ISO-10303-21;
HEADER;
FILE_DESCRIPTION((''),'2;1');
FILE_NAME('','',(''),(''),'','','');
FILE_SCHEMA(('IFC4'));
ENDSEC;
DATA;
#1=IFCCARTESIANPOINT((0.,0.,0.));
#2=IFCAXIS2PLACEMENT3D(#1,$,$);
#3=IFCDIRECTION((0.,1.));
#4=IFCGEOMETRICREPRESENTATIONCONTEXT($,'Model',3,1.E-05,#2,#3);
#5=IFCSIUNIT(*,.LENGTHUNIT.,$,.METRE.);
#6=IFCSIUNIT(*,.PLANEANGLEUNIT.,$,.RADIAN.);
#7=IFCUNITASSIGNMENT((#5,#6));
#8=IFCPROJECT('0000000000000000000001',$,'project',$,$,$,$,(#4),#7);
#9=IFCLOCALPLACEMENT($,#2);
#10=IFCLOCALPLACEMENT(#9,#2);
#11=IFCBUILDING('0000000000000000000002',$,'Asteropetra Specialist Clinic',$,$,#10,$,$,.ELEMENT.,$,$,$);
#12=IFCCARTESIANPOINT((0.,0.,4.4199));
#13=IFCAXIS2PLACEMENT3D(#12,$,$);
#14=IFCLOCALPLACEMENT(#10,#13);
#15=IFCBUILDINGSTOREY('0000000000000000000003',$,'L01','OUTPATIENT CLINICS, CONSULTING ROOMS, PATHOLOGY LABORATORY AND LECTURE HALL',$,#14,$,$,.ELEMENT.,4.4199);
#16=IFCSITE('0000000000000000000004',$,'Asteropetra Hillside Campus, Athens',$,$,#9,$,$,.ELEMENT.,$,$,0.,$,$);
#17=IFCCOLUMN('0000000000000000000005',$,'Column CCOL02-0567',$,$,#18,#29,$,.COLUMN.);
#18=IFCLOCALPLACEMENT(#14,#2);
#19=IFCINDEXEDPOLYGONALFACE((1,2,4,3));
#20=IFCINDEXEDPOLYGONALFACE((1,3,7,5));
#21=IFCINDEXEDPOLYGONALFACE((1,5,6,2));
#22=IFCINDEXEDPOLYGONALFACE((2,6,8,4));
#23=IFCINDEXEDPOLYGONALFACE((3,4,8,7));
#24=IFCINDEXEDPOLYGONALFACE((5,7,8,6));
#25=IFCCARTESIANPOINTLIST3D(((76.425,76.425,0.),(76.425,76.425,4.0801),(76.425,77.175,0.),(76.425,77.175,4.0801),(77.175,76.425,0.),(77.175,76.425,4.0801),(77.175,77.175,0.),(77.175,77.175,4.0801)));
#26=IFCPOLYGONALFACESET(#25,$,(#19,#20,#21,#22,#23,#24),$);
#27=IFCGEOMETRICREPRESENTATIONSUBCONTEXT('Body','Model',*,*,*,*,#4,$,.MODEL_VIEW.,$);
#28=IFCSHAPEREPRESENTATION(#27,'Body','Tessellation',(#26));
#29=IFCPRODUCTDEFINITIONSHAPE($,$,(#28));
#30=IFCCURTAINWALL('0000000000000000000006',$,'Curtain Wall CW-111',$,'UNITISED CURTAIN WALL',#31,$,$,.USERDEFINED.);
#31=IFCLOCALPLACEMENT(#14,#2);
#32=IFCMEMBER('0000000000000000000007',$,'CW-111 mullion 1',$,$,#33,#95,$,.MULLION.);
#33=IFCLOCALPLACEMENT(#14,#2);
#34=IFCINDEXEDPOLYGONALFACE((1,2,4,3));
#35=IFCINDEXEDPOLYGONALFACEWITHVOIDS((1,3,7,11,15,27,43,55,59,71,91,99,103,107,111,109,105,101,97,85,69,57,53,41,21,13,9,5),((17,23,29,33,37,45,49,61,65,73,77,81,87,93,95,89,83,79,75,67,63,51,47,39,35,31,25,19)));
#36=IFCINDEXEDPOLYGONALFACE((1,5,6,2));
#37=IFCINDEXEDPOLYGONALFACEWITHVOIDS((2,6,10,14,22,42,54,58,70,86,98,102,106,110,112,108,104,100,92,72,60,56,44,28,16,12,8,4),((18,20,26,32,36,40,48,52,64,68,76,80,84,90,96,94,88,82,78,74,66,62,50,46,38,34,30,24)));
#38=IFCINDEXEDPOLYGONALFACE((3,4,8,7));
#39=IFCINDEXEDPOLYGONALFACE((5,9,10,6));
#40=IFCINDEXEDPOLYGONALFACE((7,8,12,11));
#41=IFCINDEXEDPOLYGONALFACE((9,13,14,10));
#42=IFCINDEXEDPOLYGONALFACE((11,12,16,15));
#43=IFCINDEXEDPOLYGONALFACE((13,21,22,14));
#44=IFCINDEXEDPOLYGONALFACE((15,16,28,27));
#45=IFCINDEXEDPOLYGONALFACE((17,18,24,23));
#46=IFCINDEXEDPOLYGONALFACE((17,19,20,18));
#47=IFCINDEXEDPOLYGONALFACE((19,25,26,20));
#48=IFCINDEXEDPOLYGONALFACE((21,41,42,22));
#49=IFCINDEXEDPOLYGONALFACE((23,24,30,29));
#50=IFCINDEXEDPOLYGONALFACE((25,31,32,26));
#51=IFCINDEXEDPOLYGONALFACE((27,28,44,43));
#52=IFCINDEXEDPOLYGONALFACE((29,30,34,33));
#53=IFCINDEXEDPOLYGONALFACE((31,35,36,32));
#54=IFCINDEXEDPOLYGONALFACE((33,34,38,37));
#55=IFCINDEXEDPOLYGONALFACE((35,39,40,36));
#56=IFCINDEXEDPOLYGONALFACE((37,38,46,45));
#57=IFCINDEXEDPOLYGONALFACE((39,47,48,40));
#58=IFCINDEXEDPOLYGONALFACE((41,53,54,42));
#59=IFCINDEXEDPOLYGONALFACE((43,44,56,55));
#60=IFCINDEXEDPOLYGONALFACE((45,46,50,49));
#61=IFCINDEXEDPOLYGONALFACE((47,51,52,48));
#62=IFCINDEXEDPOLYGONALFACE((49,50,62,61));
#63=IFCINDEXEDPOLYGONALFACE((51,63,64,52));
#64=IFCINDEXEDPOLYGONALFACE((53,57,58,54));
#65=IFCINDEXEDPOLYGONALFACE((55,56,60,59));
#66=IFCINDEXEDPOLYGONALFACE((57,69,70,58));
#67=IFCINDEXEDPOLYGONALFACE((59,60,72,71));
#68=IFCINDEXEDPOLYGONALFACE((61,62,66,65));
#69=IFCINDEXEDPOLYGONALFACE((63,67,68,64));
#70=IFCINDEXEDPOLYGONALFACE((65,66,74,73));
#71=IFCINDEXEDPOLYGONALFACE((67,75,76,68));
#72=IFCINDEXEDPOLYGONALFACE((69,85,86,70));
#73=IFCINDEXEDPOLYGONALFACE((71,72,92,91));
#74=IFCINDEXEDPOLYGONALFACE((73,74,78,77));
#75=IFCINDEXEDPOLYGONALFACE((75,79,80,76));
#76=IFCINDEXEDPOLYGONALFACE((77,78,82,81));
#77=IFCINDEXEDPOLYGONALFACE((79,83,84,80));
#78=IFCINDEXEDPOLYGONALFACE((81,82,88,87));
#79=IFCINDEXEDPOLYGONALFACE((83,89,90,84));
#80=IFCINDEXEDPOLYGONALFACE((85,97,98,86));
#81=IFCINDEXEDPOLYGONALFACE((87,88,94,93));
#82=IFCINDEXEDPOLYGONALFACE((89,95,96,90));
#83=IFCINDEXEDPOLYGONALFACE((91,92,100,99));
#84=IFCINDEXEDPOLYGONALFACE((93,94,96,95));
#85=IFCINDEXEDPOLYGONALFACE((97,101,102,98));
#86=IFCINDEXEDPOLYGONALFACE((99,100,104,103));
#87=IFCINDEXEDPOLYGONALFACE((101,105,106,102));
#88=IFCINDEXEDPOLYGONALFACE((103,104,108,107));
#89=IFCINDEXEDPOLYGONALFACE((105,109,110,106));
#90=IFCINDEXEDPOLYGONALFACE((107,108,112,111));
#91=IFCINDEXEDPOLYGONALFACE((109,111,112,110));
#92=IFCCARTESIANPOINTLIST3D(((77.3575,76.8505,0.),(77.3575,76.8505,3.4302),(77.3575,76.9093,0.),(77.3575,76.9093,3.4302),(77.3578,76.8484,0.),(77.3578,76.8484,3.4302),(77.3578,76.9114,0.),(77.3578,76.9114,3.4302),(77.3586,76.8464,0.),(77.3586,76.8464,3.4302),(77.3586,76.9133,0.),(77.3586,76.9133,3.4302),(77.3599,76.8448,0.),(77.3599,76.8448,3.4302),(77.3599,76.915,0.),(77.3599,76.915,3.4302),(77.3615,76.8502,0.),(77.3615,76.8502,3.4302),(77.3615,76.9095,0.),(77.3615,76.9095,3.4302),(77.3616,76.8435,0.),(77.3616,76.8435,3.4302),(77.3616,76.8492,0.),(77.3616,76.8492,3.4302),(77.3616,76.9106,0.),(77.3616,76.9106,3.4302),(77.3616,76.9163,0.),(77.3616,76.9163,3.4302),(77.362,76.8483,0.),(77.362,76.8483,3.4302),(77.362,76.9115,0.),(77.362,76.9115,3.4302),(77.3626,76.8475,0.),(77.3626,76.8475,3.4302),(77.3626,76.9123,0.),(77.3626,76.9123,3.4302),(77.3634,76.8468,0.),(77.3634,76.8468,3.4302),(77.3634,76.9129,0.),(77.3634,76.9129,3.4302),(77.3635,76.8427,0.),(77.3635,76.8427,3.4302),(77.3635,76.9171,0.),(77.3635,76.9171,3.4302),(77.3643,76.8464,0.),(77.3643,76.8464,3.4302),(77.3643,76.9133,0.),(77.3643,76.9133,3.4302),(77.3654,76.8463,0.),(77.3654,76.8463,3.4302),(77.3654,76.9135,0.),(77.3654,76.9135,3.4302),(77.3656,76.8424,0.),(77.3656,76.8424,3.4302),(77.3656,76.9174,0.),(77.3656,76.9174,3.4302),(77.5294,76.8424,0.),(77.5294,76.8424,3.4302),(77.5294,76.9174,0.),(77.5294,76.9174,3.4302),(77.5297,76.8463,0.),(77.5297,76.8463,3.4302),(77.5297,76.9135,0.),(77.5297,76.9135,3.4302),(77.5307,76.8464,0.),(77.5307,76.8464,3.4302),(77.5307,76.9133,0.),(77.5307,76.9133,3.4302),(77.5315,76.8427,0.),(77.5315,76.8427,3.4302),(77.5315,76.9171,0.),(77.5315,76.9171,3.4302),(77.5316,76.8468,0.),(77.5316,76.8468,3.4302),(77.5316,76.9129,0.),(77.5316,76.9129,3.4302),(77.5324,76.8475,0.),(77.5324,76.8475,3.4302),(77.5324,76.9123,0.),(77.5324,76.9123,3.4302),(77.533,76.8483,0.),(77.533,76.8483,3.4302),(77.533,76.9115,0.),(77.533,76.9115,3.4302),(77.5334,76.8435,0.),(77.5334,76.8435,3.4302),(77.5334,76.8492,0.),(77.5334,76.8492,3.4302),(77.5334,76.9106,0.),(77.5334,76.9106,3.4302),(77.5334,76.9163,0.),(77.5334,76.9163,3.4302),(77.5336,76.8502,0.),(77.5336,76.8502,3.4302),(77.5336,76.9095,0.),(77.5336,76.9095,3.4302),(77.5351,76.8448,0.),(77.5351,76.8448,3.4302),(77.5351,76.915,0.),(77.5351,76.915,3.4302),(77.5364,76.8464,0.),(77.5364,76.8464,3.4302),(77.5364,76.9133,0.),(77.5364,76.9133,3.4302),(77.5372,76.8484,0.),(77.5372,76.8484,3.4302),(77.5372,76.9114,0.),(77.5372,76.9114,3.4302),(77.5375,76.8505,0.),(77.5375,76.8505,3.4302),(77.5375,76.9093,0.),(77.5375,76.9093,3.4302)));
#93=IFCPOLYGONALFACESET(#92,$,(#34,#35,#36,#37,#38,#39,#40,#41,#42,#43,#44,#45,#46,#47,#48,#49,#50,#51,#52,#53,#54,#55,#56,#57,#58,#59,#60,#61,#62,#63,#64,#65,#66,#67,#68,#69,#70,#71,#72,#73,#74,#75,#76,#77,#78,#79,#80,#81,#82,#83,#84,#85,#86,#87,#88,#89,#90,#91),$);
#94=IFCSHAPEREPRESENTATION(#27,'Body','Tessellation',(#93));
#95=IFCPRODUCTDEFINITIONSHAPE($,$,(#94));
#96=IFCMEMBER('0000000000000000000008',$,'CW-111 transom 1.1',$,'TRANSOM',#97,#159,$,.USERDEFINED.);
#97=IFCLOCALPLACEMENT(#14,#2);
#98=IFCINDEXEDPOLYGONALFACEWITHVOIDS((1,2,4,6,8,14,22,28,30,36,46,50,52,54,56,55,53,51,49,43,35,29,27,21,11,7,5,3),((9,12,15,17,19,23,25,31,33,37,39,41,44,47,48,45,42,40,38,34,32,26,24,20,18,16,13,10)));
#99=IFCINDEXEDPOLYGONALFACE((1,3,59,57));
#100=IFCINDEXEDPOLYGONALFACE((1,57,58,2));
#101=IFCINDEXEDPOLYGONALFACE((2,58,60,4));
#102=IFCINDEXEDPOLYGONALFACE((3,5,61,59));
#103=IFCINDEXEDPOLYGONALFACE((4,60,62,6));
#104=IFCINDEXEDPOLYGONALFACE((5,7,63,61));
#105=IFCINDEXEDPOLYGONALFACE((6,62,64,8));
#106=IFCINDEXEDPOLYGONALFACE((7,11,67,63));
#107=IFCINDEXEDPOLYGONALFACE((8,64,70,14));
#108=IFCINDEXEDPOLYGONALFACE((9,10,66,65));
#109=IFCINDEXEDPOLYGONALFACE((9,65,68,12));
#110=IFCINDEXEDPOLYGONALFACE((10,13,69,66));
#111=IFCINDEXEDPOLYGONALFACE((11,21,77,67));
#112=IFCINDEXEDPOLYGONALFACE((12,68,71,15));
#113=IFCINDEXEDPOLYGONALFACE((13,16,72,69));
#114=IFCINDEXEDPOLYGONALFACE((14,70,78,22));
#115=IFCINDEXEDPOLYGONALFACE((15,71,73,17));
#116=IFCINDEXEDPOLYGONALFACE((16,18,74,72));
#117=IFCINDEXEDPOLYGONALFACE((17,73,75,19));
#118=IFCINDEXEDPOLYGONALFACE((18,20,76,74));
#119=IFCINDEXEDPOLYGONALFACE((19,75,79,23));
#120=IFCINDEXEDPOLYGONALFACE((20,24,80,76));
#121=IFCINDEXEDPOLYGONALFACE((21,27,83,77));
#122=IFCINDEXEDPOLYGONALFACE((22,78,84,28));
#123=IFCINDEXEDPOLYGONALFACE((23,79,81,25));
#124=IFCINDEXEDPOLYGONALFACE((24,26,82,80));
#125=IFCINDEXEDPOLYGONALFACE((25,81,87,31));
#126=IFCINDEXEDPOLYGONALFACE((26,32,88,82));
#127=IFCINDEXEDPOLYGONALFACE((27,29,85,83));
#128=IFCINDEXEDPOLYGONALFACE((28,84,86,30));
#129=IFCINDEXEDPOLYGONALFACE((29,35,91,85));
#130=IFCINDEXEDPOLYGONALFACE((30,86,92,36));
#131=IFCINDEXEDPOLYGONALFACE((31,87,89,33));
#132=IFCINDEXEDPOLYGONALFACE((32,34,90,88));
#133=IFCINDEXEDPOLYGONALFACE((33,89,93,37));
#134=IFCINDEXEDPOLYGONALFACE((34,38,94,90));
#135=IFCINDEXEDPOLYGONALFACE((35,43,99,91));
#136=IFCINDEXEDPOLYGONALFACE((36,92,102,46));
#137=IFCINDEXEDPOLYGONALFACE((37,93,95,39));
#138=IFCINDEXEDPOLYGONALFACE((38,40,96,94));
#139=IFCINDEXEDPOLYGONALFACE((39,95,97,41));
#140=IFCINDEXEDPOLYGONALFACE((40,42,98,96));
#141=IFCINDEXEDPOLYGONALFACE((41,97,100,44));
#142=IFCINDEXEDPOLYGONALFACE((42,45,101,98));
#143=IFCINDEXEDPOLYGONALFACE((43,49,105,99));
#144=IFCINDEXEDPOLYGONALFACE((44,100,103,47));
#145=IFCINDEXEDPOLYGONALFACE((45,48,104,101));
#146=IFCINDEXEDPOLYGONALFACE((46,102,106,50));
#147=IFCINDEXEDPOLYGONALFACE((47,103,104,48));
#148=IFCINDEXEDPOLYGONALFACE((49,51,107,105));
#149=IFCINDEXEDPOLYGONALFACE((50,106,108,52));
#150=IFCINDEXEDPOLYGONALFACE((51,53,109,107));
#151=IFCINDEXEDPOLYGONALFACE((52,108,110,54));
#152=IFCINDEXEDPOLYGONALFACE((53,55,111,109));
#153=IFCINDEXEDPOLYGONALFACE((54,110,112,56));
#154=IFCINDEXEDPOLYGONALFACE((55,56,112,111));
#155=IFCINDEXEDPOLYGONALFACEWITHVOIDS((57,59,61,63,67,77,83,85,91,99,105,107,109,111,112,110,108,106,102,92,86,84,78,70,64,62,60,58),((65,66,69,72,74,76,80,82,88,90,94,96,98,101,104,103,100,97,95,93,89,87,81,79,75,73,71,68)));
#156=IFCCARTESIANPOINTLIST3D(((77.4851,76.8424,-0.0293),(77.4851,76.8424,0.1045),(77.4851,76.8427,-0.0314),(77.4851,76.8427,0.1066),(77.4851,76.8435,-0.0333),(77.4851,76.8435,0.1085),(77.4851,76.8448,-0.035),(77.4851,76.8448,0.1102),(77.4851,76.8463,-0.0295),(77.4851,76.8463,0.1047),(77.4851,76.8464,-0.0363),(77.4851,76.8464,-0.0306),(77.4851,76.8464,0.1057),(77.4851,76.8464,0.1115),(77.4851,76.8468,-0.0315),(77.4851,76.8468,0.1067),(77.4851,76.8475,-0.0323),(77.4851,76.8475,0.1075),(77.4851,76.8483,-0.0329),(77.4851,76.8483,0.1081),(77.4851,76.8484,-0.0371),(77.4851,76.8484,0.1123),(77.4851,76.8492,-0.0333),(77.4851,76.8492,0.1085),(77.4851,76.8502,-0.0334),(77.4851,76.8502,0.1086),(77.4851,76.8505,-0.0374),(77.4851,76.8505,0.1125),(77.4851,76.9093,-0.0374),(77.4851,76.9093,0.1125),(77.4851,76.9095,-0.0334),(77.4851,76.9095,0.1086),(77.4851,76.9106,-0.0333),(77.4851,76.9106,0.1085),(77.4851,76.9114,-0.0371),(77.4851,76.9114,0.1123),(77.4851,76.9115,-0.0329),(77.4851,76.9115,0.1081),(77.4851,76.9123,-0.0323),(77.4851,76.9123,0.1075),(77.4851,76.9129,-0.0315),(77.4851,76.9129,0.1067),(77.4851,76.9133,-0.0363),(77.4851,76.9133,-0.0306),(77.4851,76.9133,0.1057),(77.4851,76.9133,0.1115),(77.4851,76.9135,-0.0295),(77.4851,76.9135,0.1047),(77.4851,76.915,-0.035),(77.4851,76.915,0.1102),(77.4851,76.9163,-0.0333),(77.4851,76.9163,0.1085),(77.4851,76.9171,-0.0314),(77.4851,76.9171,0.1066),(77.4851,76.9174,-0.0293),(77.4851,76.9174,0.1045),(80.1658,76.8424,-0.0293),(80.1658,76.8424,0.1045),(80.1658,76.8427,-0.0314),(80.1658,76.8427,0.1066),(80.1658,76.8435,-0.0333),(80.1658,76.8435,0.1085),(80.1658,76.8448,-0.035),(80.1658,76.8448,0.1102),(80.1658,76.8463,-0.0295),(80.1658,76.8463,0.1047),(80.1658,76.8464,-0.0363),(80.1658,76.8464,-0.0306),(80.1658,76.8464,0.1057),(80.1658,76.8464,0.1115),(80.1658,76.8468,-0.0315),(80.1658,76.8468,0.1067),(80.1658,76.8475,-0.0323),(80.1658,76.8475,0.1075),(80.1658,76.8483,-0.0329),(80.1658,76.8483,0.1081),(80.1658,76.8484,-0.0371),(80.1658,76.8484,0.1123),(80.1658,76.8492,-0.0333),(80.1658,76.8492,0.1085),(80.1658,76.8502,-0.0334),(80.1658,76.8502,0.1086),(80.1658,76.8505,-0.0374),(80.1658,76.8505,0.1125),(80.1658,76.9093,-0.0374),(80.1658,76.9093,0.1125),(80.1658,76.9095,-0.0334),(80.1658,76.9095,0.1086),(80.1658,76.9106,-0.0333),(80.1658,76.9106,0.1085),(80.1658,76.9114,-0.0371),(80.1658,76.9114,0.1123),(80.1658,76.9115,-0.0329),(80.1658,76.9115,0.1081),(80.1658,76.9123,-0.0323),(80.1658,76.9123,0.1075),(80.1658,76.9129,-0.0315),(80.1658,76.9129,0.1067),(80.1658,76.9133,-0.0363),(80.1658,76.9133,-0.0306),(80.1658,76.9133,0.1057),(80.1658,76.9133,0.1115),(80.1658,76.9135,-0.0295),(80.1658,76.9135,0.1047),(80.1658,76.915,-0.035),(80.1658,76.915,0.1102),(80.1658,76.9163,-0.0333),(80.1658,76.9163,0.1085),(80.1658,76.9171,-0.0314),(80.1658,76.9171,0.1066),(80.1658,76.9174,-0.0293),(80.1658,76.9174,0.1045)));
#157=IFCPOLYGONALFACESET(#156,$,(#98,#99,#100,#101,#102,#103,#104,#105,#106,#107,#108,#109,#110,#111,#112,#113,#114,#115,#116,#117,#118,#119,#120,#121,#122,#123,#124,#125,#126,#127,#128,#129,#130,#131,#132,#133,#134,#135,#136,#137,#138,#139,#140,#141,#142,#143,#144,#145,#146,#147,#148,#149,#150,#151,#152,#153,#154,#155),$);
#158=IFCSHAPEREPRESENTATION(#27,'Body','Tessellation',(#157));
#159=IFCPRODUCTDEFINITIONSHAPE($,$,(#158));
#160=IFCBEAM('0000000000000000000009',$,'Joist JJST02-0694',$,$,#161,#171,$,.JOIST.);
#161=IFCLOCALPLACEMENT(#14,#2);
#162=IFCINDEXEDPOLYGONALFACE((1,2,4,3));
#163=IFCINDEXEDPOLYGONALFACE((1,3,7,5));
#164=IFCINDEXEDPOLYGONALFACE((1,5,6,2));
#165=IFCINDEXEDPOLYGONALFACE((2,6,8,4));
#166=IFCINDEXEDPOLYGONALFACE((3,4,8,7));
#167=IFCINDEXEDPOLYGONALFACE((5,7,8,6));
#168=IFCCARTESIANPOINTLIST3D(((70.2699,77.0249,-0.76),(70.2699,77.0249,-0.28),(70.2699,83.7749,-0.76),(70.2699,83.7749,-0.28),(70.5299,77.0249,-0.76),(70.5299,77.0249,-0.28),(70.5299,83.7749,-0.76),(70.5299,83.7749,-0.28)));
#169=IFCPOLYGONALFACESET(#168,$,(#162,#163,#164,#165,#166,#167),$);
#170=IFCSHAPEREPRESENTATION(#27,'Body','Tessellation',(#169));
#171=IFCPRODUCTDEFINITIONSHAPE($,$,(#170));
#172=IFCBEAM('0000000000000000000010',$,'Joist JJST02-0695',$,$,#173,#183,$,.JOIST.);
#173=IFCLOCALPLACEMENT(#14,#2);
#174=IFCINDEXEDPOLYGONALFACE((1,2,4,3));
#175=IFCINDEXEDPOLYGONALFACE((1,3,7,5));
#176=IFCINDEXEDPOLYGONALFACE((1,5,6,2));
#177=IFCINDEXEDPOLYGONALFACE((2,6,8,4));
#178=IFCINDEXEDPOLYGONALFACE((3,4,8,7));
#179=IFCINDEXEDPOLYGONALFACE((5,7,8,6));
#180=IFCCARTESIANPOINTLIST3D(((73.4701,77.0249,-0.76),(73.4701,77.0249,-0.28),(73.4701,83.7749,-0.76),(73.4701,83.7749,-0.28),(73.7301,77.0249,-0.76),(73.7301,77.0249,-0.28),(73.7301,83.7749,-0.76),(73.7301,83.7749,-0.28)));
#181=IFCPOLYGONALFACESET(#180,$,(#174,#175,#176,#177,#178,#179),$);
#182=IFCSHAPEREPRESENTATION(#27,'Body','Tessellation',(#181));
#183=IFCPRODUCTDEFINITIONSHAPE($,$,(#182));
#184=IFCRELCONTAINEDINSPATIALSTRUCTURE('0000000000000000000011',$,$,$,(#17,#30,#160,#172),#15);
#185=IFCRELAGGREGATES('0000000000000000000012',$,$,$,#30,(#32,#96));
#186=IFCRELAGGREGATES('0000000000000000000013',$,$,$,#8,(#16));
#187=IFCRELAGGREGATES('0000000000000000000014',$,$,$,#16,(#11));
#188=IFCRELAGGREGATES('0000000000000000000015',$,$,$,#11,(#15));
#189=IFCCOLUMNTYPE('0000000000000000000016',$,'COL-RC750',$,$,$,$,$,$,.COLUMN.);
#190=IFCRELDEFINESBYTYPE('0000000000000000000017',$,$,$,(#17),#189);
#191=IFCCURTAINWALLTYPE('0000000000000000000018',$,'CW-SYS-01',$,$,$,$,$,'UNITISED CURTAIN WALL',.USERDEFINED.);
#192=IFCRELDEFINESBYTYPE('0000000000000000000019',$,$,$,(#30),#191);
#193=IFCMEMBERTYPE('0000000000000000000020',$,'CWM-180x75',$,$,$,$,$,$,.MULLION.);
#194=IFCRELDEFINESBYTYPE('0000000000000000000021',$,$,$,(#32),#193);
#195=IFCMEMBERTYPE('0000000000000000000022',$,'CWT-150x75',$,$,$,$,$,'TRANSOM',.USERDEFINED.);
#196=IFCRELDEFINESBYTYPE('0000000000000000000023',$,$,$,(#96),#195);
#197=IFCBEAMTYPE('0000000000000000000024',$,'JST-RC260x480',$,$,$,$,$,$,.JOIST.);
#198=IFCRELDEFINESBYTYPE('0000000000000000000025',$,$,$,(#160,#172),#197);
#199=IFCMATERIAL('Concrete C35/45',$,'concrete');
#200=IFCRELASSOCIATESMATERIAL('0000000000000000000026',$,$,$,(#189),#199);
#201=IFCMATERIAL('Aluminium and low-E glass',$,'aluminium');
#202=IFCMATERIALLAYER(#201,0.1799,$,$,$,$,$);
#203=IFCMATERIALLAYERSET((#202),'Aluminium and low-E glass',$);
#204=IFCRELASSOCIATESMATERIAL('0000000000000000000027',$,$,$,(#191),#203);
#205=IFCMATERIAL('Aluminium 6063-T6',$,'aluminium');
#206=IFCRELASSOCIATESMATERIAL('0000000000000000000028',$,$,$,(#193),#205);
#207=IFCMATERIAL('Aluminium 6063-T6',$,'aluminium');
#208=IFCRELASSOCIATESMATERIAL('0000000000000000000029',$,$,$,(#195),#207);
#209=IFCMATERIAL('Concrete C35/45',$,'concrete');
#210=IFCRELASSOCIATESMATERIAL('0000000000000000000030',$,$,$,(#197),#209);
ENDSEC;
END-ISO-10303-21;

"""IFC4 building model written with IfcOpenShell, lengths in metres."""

from ifc_helpers import new_model, si_unit, direction, frame, origin, origin_2d, place, context, subcontext, project, spatial, rectangle, hollow_rectangle, extrude, material, layer, layer_set, material_profile, profile_set, type_object, element, aggregate, save


model = new_model("IFC4")

# Units and contexts
model_context = context("Model", 3, precision=1e-05, world=origin(), true_north=direction((0.0, 1.0)))
body_context = subcontext(model_context, "Body", "Model", "MODEL_VIEW")
ifc_project = project(units=[si_unit("LENGTHUNIT", "METRE"), si_unit("PLANEANGLEUNIT", "RADIAN")], contexts=[model_context])

# Site, building, storey
site_placement = place(None, origin())
site = spatial("IfcSite", under=ifc_project, at=site_placement, Name="Asteropetra Hillside Campus, Athens", CompositionType="ELEMENT", RefElevation=0.0)
building_placement = place(site_placement, origin())
building = spatial("IfcBuilding", under=site, at=building_placement, Name="Asteropetra Specialist Clinic", CompositionType="ELEMENT")
storey_placement = place(building_placement, frame((0.0, 0.0, 4.4199)))
storey = spatial("IfcBuildingStorey", under=building, at=storey_placement, Name="L01", Description="OUTPATIENT CLINICS, CONSULTING ROOMS, PATHOLOGY LABORATORY AND LECTURE HALL", CompositionType="ELEMENT", Elevation=4.4199)

# Column
ifc_material_1 = material(Name="Concrete C35/45", Category="concrete")
ifc_material_profile_1 = material_profile(ifc_material_1, rectangle(XDim=0.75, YDim=0.75, at=origin_2d()), Name="RC 750x750")
ifc_profile_set_1 = profile_set([ifc_material_profile_1], Name="Concrete C35/45")
column_type = type_object("IfcColumnType", Name="COL-RC750", PredefinedType="COLUMN", material=ifc_profile_set_1)
column_placement = place(storey_placement, frame((76.8, 76.8, 0.0), z_axis=(0.0, 0.0, 1.0), x_axis=(1.0, 0.0, 0.0)))
element("IfcColumn", 1, at=column_placement, inside=storey, type_object=column_type, Name="Column CCOL02-0567", PredefinedType="COLUMN", context=body_context, shape_type="SweptSolid", body=[
    extrude(rectangle(XDim=0.75, YDim=0.75, at=origin_2d()), origin(), (0.0, 0.0, 1.0), 4.0801),
])

# Curtain wall, members
ifc_material_2 = material(Name="Aluminium and low-E glass", Category="aluminium")
ifc_layer_1 = layer(ifc_material_2, 0.1799)
ifc_layer_set_1 = layer_set([ifc_layer_1], Name="Aluminium and low-E glass")
curtain_wall_type = type_object("IfcCurtainWallType", Name="CW-SYS-01", ElementType="UNITISED CURTAIN WALL", PredefinedType="USERDEFINED", material=ifc_layer_set_1)
curtain_wall_placement = place(storey_placement, origin())
curtain_wall = element("IfcCurtainWall", 2, at=curtain_wall_placement, inside=storey, type_object=curtain_wall_type, Name="Curtain Wall CW-111", ObjectType="UNITISED CURTAIN WALL", PredefinedType="USERDEFINED")
ifc_material_3 = material(Name="Aluminium 6063-T6", Category="aluminium")
ifc_material_profile_2 = material_profile(ifc_material_3, hollow_rectangle(XDim=0.075, YDim=0.1799, WallThickness=0.0039, InnerFilletRadius=0.0039, OuterFilletRadius=0.0081, at=origin_2d()), Name="MUL 180x75x4.0")
ifc_profile_set_2 = profile_set([ifc_material_profile_2], Name="Aluminium 6063-T6")
member_type_1 = type_object("IfcMemberType", Name="CWM-180x75", PredefinedType="MULLION", material=ifc_profile_set_2)
member_1_placement = place(storey_placement, frame((77.4475, 76.8799, 0.0), z_axis=(0.0, 0.0, 1.0), x_axis=(0.0, 1.0, 0.0)))
member_1 = element("IfcMember", 3, at=member_1_placement, type_object=member_type_1, Name="CW-111 mullion 1", PredefinedType="MULLION", context=body_context, shape_type="SweptSolid", body=[
    extrude(hollow_rectangle(XDim=0.075, YDim=0.1799, WallThickness=0.0039, InnerFilletRadius=0.0039, OuterFilletRadius=0.0081, at=origin_2d()), origin(), (0.0, 0.0, 1.0), 3.4302),
])
ifc_material_4 = material(Name="Aluminium 6063-T6", Category="aluminium")
ifc_material_profile_3 = material_profile(ifc_material_4, hollow_rectangle(XDim=0.075, YDim=0.1499, WallThickness=0.0039, InnerFilletRadius=0.0039, OuterFilletRadius=0.0081, at=origin_2d()), Name="TRN 150x75x4.0")
ifc_profile_set_3 = profile_set([ifc_material_profile_3], Name="Aluminium 6063-T6")
member_type_2 = type_object("IfcMemberType", Name="CWT-150x75", ElementType="TRANSOM", PredefinedType="USERDEFINED", material=ifc_profile_set_3)
member_2_placement = place(storey_placement, frame((77.4851, 76.8799, 0.0376), z_axis=(1.0, 0.0, 0.0), x_axis=(0.0, 1.0, 0.0)))
member_2 = element("IfcMember", 4, at=member_2_placement, type_object=member_type_2, Name="CW-111 transom 1.1", ObjectType="TRANSOM", PredefinedType="USERDEFINED", context=body_context, shape_type="SweptSolid", body=[
    extrude(hollow_rectangle(XDim=0.075, YDim=0.1499, WallThickness=0.0039, InnerFilletRadius=0.0039, OuterFilletRadius=0.0081, at=origin_2d()), origin(), (0.0, 0.0, 1.0), 2.6807),
])
aggregate(curtain_wall, [member_1, member_2])

# Beams
ifc_material_5 = material(Name="Concrete C35/45", Category="concrete")
ifc_material_profile_4 = material_profile(ifc_material_5, rectangle(XDim=0.26, YDim=0.48, at=origin_2d()), Name="RCJ 260x480")
ifc_profile_set_4 = profile_set([ifc_material_profile_4], Name="Concrete C35/45")
beam_type_1 = type_object("IfcBeamType", Name="JST-RC260x480", PredefinedType="JOIST", material=ifc_profile_set_4)
for number, where, z_axis, x_axis, name in (
    (5, (70.3999, 77.0249, -0.52), (0.0, 1.0, 0.0), (-1.0, 0.0, 0.0), "Joist JJST02-0694"),
    (6, (73.6001, 77.0249, -0.52), (0.0, 1.0, 0.0), (-1.0, 0.0, 0.0), "Joist JJST02-0695"),
):
    element("IfcBeam", number, at=place(storey_placement, frame(where, z_axis=z_axis, x_axis=x_axis)), inside=storey, type_object=beam_type_1, Name=name, PredefinedType="JOIST", context=body_context, shape_type="SweptSolid", body=[
        extrude(rectangle(XDim=0.26, YDim=0.48, at=origin_2d()), origin(), (0.0, 0.0, 1.0), 6.75),
    ])

save(model, "model.ifc")
